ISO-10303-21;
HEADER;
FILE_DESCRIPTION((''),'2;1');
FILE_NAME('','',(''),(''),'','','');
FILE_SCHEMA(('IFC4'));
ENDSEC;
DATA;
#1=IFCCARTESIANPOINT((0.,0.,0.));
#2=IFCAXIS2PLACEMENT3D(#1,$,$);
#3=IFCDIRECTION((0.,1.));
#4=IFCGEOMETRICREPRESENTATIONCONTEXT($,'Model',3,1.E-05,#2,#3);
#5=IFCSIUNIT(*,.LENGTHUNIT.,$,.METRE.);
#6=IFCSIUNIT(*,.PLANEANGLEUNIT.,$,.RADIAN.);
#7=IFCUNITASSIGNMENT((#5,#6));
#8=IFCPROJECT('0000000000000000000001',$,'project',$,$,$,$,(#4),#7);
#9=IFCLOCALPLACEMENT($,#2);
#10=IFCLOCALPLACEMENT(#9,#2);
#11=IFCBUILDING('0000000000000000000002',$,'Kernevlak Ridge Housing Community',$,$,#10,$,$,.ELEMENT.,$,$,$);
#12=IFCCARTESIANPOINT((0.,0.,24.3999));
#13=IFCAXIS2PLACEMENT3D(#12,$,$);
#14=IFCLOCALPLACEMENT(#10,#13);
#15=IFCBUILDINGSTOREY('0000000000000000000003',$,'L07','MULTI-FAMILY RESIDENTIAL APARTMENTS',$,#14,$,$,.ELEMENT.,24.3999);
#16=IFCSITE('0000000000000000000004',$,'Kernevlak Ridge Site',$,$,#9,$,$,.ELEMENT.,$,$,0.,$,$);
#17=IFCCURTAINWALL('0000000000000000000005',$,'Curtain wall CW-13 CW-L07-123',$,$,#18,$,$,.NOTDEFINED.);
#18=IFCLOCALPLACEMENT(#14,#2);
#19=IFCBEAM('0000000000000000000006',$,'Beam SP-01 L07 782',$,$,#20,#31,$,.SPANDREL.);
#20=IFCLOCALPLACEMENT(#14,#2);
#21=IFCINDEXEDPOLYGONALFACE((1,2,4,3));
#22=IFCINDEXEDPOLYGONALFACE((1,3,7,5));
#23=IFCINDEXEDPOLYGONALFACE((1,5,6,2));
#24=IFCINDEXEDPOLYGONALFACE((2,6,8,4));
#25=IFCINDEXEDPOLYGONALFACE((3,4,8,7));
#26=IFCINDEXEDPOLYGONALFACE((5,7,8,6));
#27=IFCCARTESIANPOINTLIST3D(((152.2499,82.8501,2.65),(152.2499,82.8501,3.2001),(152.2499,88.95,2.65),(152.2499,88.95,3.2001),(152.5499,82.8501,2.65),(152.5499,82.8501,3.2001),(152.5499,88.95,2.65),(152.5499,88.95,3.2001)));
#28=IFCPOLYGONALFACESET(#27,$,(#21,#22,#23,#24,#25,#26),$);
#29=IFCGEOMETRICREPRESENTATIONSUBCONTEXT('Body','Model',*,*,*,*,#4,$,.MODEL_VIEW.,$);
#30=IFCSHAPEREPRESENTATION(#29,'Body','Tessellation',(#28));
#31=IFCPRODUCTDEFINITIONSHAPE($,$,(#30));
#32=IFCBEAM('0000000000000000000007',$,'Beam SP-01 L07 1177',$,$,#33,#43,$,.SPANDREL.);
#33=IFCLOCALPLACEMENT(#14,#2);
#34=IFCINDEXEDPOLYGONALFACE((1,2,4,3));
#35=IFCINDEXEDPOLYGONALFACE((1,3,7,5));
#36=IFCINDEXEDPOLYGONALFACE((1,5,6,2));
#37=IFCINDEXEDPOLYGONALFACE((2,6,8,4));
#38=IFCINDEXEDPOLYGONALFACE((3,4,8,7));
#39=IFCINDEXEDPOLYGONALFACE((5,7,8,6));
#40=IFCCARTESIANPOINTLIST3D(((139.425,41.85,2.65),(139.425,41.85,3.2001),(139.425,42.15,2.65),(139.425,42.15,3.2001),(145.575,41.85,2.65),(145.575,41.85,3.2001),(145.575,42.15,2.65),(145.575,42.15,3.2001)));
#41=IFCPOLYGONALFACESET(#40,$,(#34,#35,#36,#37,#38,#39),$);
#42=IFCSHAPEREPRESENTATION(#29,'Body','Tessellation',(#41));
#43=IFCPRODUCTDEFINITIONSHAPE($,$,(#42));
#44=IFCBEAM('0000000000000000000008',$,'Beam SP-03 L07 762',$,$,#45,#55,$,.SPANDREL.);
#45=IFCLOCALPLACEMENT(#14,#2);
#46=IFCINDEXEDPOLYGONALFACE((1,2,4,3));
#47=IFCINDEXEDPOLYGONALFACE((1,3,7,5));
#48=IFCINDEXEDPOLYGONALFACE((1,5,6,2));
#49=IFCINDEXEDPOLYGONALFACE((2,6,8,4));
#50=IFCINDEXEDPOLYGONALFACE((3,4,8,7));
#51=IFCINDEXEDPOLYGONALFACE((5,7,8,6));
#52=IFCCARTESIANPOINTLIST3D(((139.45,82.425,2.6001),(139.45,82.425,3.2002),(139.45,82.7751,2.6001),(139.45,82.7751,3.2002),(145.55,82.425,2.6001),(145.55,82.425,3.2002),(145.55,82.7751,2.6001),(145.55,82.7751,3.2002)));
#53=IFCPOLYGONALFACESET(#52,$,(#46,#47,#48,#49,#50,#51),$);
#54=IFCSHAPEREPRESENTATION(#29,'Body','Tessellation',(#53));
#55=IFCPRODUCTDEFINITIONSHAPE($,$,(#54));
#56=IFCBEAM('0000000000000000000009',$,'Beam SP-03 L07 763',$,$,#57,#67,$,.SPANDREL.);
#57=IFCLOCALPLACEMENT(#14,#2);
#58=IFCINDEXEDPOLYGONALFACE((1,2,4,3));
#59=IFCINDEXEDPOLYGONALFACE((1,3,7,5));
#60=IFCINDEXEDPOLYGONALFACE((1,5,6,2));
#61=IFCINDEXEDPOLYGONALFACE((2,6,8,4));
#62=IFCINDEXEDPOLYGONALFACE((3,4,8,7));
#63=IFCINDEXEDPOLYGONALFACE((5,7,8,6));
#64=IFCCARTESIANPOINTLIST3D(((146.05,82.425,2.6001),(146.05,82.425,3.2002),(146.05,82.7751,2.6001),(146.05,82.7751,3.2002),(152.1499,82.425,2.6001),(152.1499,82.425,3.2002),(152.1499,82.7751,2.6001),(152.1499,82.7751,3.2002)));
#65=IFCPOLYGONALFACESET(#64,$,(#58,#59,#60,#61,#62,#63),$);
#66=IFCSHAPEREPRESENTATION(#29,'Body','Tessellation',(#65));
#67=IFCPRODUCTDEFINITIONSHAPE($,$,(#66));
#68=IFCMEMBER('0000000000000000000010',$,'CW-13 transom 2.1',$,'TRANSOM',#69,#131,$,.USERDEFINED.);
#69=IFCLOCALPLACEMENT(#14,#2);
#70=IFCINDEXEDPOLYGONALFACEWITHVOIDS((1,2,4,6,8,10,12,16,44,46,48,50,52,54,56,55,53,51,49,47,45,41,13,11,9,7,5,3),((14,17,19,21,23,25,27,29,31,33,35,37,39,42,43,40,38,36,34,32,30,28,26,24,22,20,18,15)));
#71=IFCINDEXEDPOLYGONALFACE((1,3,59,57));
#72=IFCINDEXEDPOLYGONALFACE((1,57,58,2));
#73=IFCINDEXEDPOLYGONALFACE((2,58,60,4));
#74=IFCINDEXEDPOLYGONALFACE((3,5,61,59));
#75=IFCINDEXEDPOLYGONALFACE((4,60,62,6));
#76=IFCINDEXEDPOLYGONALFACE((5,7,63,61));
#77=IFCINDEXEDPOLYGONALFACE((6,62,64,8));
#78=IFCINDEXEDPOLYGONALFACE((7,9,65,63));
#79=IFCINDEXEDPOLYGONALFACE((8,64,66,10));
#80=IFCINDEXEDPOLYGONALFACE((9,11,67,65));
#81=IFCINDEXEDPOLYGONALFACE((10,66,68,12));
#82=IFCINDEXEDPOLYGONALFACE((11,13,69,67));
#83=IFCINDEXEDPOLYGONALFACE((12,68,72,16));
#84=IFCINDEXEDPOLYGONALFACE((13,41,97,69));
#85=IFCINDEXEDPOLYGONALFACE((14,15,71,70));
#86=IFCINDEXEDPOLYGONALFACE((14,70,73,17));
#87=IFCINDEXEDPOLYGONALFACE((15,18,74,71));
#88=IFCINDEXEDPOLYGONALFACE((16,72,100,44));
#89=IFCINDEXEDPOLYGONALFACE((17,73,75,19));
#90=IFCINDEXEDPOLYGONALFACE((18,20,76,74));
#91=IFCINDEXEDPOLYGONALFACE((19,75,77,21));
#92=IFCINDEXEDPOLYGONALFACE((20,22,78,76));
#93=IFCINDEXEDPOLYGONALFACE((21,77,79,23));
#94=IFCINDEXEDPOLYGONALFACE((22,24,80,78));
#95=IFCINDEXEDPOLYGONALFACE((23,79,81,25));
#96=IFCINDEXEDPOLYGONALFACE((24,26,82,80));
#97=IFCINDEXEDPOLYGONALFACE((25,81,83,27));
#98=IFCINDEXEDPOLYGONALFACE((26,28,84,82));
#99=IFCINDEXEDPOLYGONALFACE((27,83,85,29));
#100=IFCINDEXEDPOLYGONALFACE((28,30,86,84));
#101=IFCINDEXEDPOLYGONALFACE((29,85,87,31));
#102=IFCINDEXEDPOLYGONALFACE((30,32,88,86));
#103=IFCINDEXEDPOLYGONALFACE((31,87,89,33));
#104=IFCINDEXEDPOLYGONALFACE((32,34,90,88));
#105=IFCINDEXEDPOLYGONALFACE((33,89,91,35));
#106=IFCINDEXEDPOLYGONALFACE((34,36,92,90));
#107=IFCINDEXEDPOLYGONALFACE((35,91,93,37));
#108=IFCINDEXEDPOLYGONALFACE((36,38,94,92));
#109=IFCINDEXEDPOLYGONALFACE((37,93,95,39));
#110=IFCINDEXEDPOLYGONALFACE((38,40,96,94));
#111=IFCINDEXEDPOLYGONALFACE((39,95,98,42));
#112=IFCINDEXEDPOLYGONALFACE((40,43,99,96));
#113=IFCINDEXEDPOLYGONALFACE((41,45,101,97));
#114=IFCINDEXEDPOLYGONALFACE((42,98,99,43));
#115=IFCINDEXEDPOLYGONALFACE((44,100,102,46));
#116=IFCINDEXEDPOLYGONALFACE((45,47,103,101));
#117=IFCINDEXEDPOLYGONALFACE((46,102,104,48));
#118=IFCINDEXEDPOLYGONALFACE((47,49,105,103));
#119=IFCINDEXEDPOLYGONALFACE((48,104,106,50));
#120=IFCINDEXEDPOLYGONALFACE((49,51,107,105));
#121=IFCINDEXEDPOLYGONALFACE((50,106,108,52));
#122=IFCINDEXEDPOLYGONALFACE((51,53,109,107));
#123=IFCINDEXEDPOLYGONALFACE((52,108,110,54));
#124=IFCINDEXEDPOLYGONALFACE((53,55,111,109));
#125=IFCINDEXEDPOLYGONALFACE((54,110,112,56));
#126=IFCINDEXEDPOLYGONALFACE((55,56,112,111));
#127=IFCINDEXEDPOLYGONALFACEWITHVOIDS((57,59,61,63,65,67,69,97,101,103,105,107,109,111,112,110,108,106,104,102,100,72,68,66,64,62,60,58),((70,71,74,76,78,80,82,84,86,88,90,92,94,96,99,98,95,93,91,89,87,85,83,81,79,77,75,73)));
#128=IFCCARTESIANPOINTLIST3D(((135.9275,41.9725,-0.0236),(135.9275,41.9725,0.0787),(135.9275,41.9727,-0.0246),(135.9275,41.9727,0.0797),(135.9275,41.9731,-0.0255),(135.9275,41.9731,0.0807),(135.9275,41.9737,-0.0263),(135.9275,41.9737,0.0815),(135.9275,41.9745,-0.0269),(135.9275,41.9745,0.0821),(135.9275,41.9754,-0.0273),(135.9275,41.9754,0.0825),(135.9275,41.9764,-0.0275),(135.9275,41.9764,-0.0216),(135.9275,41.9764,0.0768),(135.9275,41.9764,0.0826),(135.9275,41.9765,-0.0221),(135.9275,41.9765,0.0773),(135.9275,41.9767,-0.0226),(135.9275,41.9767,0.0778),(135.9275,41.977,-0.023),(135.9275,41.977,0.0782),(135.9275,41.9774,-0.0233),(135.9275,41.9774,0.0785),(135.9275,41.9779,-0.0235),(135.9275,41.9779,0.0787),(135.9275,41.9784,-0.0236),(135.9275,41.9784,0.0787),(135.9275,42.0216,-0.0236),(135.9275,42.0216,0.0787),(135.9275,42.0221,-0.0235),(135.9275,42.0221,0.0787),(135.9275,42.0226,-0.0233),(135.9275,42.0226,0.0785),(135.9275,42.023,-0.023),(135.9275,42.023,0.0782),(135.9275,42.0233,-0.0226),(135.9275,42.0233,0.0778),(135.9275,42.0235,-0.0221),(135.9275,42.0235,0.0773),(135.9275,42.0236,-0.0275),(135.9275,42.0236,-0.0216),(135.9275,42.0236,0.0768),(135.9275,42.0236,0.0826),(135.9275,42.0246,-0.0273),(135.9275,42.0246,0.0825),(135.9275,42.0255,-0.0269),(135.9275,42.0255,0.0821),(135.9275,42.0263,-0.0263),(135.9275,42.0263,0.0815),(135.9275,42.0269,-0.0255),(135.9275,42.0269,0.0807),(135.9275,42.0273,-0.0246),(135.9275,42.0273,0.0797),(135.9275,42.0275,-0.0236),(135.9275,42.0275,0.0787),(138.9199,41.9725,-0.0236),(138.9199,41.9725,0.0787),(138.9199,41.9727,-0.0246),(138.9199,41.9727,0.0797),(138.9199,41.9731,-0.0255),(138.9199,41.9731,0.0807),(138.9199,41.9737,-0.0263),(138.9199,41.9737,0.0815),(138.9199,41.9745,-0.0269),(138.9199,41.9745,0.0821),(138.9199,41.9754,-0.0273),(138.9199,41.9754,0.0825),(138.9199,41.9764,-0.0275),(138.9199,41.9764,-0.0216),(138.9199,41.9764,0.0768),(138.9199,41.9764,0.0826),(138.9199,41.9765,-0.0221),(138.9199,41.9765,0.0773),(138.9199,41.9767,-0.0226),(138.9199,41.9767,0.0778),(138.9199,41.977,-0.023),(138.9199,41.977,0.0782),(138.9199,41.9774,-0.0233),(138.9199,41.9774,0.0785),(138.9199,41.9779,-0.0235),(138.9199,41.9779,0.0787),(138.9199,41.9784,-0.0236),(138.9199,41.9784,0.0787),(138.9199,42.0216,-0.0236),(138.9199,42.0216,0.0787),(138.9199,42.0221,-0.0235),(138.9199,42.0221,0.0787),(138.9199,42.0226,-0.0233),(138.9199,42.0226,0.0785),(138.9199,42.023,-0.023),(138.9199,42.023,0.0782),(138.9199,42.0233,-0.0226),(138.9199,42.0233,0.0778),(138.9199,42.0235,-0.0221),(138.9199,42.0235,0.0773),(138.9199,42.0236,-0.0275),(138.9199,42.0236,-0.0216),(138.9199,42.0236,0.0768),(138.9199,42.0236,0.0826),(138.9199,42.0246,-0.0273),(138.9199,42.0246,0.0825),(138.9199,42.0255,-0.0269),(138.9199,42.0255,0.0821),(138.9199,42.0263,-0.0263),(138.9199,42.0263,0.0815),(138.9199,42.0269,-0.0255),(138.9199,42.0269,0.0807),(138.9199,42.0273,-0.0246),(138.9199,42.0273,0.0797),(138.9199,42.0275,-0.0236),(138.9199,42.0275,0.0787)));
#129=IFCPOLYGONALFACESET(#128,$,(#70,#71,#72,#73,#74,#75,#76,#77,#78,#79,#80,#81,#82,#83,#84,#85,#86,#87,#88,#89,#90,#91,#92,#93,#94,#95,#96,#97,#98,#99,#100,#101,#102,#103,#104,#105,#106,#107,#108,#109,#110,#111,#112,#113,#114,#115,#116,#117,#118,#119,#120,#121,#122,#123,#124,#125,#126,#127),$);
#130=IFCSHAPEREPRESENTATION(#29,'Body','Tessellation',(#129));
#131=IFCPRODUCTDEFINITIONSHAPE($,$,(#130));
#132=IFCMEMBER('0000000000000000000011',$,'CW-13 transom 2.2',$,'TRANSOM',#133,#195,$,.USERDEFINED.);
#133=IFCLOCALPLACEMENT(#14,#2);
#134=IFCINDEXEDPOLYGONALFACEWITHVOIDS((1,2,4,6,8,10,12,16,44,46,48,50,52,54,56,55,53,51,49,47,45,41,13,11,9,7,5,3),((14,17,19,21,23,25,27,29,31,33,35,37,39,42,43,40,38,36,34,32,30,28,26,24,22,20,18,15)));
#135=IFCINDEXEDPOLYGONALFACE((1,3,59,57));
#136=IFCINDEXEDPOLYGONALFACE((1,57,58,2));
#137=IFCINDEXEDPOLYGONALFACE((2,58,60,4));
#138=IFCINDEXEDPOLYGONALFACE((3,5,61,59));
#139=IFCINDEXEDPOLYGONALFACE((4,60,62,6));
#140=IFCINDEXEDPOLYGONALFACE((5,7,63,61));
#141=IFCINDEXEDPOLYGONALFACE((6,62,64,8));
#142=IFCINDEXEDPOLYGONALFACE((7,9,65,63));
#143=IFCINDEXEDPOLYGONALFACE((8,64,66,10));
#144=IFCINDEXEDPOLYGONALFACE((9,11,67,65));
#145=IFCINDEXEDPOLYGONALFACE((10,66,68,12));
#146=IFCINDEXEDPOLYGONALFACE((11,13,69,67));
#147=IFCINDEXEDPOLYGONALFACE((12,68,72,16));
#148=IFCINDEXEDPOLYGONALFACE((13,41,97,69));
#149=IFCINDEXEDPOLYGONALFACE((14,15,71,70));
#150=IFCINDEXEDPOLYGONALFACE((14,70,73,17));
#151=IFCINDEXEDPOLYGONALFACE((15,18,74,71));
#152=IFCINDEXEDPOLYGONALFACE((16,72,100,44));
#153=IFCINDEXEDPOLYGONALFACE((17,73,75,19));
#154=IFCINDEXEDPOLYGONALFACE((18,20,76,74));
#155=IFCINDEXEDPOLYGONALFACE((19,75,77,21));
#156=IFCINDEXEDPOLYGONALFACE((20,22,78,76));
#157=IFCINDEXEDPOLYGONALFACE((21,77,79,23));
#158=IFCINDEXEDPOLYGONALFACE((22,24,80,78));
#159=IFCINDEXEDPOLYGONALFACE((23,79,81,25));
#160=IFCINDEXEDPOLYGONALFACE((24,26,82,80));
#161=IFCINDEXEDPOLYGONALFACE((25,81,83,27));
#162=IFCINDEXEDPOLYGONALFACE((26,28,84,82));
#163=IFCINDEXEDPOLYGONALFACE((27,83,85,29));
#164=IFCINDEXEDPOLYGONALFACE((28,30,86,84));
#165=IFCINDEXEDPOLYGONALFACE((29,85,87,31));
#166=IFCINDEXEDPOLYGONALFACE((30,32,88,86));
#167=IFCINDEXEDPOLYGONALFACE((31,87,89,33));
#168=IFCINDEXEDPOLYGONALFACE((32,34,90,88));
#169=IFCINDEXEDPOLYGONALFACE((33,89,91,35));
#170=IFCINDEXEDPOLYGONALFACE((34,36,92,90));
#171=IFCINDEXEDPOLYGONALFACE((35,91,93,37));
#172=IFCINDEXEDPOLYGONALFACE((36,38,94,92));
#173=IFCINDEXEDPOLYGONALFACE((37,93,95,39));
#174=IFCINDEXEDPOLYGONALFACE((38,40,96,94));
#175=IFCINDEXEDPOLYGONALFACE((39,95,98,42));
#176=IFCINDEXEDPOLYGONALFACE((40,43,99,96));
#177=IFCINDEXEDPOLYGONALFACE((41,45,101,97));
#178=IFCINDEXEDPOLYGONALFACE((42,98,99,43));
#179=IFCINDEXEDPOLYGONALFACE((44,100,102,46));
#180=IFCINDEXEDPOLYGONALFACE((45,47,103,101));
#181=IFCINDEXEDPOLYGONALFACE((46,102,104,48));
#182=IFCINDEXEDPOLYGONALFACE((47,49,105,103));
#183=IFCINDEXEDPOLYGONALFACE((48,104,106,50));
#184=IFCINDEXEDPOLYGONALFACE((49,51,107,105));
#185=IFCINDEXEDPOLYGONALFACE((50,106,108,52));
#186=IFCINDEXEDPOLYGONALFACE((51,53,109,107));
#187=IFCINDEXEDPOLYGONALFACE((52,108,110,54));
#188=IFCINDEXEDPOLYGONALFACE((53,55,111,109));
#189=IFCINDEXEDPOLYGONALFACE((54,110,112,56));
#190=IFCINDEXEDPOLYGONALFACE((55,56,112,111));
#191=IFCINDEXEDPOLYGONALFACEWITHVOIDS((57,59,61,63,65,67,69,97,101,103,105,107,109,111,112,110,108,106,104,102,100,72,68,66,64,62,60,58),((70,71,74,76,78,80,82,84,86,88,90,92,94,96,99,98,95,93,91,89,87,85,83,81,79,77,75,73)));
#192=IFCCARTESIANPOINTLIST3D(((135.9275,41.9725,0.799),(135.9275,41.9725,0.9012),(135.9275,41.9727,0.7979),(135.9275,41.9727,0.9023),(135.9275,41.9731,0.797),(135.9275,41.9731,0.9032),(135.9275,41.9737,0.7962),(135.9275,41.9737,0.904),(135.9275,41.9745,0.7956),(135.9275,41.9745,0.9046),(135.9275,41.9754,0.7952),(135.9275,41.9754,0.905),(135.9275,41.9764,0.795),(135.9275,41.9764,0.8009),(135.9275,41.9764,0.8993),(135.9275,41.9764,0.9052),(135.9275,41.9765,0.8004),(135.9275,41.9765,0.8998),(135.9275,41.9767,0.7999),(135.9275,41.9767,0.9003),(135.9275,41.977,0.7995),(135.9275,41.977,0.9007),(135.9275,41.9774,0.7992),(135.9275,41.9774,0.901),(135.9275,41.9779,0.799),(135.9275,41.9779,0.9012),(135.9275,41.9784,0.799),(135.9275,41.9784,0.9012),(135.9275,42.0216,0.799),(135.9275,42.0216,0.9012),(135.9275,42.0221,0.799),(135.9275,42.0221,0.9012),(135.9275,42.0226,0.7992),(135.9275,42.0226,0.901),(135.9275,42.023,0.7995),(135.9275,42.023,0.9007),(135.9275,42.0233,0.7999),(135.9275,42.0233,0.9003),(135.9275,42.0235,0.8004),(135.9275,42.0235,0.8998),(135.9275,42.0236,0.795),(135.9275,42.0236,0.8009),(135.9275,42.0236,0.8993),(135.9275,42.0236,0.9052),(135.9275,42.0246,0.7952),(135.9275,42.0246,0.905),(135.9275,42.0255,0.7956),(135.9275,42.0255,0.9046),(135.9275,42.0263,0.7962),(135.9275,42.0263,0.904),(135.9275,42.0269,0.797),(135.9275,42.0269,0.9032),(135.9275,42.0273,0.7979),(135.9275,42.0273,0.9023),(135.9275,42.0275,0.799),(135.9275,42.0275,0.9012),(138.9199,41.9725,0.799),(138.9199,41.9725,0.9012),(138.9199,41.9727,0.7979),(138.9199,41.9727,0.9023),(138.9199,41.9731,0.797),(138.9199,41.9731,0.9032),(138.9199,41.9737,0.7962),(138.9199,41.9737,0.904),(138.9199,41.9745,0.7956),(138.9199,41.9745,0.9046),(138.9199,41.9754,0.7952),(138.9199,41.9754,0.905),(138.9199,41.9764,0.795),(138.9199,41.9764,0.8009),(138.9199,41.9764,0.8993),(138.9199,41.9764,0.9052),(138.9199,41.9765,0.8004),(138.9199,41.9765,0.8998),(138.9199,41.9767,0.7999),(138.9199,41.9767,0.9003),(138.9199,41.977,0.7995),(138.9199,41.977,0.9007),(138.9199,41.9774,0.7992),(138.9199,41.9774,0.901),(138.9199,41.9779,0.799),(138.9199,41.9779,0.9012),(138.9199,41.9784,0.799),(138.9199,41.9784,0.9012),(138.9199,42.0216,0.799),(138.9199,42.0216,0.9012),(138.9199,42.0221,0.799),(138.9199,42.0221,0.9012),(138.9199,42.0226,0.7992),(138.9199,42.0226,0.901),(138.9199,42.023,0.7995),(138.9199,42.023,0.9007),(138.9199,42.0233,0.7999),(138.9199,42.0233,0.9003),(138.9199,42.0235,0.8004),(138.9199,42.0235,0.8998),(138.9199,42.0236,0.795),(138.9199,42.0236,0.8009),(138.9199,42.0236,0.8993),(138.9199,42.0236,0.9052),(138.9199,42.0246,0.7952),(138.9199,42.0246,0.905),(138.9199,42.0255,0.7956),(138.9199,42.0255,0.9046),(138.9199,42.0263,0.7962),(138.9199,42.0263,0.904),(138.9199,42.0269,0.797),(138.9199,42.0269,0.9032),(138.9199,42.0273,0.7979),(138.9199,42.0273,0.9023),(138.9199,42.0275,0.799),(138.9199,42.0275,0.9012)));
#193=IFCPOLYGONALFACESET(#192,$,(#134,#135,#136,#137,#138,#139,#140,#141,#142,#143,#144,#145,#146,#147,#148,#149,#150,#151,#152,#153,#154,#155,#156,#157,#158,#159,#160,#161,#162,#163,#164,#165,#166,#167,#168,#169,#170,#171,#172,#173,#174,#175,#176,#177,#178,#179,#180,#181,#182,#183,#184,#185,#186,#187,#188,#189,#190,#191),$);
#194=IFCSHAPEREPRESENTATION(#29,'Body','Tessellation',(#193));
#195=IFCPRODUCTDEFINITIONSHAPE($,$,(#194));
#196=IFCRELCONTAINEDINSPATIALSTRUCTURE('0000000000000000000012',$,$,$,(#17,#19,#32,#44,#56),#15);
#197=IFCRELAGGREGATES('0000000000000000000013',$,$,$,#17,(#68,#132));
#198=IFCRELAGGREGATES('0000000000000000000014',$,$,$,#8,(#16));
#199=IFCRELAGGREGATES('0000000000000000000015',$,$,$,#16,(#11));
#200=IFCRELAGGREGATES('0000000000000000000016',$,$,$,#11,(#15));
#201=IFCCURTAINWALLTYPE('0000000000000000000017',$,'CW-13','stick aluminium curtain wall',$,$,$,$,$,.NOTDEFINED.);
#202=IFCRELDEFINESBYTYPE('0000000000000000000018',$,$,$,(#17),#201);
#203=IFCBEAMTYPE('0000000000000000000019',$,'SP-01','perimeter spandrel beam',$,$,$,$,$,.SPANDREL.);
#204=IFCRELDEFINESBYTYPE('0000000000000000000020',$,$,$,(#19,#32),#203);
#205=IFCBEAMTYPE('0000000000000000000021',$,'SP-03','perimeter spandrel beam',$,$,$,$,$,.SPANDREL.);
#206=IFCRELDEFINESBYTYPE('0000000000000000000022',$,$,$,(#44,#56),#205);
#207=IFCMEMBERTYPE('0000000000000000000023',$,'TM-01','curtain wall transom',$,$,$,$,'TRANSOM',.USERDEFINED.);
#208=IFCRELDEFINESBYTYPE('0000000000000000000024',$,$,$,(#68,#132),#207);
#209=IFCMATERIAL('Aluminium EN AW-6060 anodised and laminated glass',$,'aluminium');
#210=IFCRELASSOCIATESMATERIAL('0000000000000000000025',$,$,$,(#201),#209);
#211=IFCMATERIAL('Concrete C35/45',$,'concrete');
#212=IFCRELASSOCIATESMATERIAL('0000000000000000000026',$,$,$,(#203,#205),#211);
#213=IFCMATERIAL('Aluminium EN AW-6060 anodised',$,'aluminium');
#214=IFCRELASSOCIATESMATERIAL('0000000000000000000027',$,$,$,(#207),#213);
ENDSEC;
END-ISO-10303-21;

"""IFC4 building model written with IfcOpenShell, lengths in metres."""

from ifc_helpers import new_model, si_unit, direction, frame, origin, origin_2d, place, context, subcontext, project, spatial, rectangle, hollow_rectangle, extrude, material, material_profile, profile_set, type_object, element, aggregate, save


model = new_model("IFC4")

# Units and contexts
model_context = context("Model", 3, precision=1e-05, world=origin(), true_north=direction((0.0, 1.0)))
body_context = subcontext(model_context, "Body", "Model", "MODEL_VIEW")
ifc_project = project(units=[si_unit("LENGTHUNIT", "METRE"), si_unit("PLANEANGLEUNIT", "RADIAN")], contexts=[model_context])

# Site, building, storey
site_placement = place(None, origin())
site = spatial("IfcSite", under=ifc_project, at=site_placement, Name="Kernevlak Ridge Site", CompositionType="ELEMENT", RefElevation=0.0)
building_placement = place(site_placement, origin())
building = spatial("IfcBuilding", under=site, at=building_placement, Name="Kernevlak Ridge Housing Community", CompositionType="ELEMENT")
storey_placement = place(building_placement, frame((0.0, 0.0, 24.3999)))
storey = spatial("IfcBuildingStorey", under=building, at=storey_placement, Name="L07", Description="MULTI-FAMILY RESIDENTIAL APARTMENTS", CompositionType="ELEMENT", Elevation=24.3999)

# Shared definitions
ifc_material_1 = material(Name="Concrete C35/45", Category="concrete")

# Curtain wall
ifc_material_2 = material(Name="Aluminium EN AW-6060 anodised and laminated glass", Category="aluminium")
curtain_wall_type = type_object("IfcCurtainWallType", Name="CW-13", Description="stick aluminium curtain wall", PredefinedType="NOTDEFINED", material=ifc_material_2)
curtain_wall_placement = place(storey_placement, origin())
curtain_wall = element("IfcCurtainWall", 1, at=curtain_wall_placement, inside=storey, type_object=curtain_wall_type, Name="Curtain wall CW-13 CW-L07-123", PredefinedType="NOTDEFINED")
ifc_material_3 = material(Name="Aluminium EN AW-6060 anodised", Category="aluminium")

# Beams
ifc_material_profile_1 = material_profile(ifc_material_1, rectangle(XDim=0.3, YDim=0.55, at=origin_2d()), Name="RC 300x550")
ifc_profile_set_1 = profile_set([ifc_material_profile_1], Name="Concrete C35/45")
beam_type_1 = type_object("IfcBeamType", Name="SP-01", Description="perimeter spandrel beam", PredefinedType="SPANDREL", material=ifc_profile_set_1)
beam_1_placement = place(storey_placement, frame((152.3999, 82.8501, 2.925), z_axis=(0.0, 1.0, 0.0), x_axis=(-1.0, 0.0, 0.0)))
element("IfcBeam", 2, at=beam_1_placement, inside=storey, type_object=beam_type_1, Name="Beam SP-01 L07 782", PredefinedType="SPANDREL", context=body_context, shape_type="SweptSolid", body=[
    extrude(rectangle(XDim=0.3, YDim=0.55, at=origin_2d()), origin(), (0.0, 0.0, 1.0), 6.0999),
])
beam_2_placement = place(storey_placement, frame((139.425, 42.0, 2.925), z_axis=(1.0, 0.0, 0.0), x_axis=(0.0, 1.0, 0.0)))
element("IfcBeam", 3, at=beam_2_placement, inside=storey, type_object=beam_type_1, Name="Beam SP-01 L07 1177", PredefinedType="SPANDREL", context=body_context, shape_type="SweptSolid", body=[
    extrude(rectangle(XDim=0.3, YDim=0.55, at=origin_2d()), origin(), (0.0, 0.0, 1.0), 6.1499),
])
ifc_material_profile_2 = material_profile(ifc_material_1, rectangle(XDim=0.3501, YDim=0.6001, at=origin_2d()), Name="RC 350x600")
ifc_profile_set_2 = profile_set([ifc_material_profile_2], Name="Concrete C35/45")
beam_type_2 = type_object("IfcBeamType", Name="SP-03", Description="perimeter spandrel beam", PredefinedType="SPANDREL", material=ifc_profile_set_2)
beam_3_placement = place(storey_placement, frame((139.45, 82.6001, 2.9001), z_axis=(1.0, 0.0, 0.0), x_axis=(0.0, 1.0, 0.0)))
element("IfcBeam", 4, at=beam_3_placement, inside=storey, type_object=beam_type_2, Name="Beam SP-03 L07 762", PredefinedType="SPANDREL", context=body_context, shape_type="SweptSolid", body=[
    extrude(rectangle(XDim=0.3501, YDim=0.6001, at=origin_2d()), origin(), (0.0, 0.0, 1.0), 6.1001),
])
beam_4_placement = place(storey_placement, frame((146.05, 82.6001, 2.9001), z_axis=(1.0, 0.0, 0.0), x_axis=(0.0, 1.0, 0.0)))
element("IfcBeam", 5, at=beam_4_placement, inside=storey, type_object=beam_type_2, Name="Beam SP-03 L07 763", PredefinedType="SPANDREL", context=body_context, shape_type="SweptSolid", body=[
    extrude(rectangle(XDim=0.3501, YDim=0.6001, at=origin_2d()), origin(), (0.0, 0.0, 1.0), 6.0999),
])

# Members
ifc_material_profile_3 = material_profile(ifc_material_3, hollow_rectangle(XDim=0.0549, YDim=0.1101, WallThickness=0.0039, InnerFilletRadius=0.002, OuterFilletRadius=0.0039, at=origin_2d()), Name="ALU 55x110x4")
ifc_profile_set_3 = profile_set([ifc_material_profile_3], Name="Aluminium EN AW-6060 anodised")
member_type_1 = type_object("IfcMemberType", Name="TM-01", Description="curtain wall transom", ElementType="TRANSOM", PredefinedType="USERDEFINED", material=ifc_profile_set_3)
member_1_placement = place(storey_placement, frame((135.9275, 42.0, 0.0276), z_axis=(1.0, 0.0, 0.0), x_axis=(0.0, 1.0, 0.0)))
member_1 = element("IfcMember", 6, at=member_1_placement, type_object=member_type_1, Name="CW-13 transom 2.1", ObjectType="TRANSOM", PredefinedType="USERDEFINED", context=body_context, shape_type="SweptSolid", body=[
    extrude(hollow_rectangle(XDim=0.0549, YDim=0.1101, WallThickness=0.0039, InnerFilletRadius=0.002, OuterFilletRadius=0.0039, at=origin_2d()), origin(), (0.0, 0.0, 1.0), 2.9924),
])
member_2_placement = place(storey_placement, frame((135.9275, 42.0, 0.8501), z_axis=(1.0, 0.0, 0.0), x_axis=(0.0, 1.0, 0.0)))
member_2 = element("IfcMember", 7, at=member_2_placement, type_object=member_type_1, Name="CW-13 transom 2.2", ObjectType="TRANSOM", PredefinedType="USERDEFINED", context=body_context, shape_type="SweptSolid", body=[
    extrude(hollow_rectangle(XDim=0.0549, YDim=0.1101, WallThickness=0.0039, InnerFilletRadius=0.002, OuterFilletRadius=0.0039, at=origin_2d()), origin(), (0.0, 0.0, 1.0), 2.9924),
])

aggregate(curtain_wall, [member_1, member_2])

save(model, "model.ifc")
